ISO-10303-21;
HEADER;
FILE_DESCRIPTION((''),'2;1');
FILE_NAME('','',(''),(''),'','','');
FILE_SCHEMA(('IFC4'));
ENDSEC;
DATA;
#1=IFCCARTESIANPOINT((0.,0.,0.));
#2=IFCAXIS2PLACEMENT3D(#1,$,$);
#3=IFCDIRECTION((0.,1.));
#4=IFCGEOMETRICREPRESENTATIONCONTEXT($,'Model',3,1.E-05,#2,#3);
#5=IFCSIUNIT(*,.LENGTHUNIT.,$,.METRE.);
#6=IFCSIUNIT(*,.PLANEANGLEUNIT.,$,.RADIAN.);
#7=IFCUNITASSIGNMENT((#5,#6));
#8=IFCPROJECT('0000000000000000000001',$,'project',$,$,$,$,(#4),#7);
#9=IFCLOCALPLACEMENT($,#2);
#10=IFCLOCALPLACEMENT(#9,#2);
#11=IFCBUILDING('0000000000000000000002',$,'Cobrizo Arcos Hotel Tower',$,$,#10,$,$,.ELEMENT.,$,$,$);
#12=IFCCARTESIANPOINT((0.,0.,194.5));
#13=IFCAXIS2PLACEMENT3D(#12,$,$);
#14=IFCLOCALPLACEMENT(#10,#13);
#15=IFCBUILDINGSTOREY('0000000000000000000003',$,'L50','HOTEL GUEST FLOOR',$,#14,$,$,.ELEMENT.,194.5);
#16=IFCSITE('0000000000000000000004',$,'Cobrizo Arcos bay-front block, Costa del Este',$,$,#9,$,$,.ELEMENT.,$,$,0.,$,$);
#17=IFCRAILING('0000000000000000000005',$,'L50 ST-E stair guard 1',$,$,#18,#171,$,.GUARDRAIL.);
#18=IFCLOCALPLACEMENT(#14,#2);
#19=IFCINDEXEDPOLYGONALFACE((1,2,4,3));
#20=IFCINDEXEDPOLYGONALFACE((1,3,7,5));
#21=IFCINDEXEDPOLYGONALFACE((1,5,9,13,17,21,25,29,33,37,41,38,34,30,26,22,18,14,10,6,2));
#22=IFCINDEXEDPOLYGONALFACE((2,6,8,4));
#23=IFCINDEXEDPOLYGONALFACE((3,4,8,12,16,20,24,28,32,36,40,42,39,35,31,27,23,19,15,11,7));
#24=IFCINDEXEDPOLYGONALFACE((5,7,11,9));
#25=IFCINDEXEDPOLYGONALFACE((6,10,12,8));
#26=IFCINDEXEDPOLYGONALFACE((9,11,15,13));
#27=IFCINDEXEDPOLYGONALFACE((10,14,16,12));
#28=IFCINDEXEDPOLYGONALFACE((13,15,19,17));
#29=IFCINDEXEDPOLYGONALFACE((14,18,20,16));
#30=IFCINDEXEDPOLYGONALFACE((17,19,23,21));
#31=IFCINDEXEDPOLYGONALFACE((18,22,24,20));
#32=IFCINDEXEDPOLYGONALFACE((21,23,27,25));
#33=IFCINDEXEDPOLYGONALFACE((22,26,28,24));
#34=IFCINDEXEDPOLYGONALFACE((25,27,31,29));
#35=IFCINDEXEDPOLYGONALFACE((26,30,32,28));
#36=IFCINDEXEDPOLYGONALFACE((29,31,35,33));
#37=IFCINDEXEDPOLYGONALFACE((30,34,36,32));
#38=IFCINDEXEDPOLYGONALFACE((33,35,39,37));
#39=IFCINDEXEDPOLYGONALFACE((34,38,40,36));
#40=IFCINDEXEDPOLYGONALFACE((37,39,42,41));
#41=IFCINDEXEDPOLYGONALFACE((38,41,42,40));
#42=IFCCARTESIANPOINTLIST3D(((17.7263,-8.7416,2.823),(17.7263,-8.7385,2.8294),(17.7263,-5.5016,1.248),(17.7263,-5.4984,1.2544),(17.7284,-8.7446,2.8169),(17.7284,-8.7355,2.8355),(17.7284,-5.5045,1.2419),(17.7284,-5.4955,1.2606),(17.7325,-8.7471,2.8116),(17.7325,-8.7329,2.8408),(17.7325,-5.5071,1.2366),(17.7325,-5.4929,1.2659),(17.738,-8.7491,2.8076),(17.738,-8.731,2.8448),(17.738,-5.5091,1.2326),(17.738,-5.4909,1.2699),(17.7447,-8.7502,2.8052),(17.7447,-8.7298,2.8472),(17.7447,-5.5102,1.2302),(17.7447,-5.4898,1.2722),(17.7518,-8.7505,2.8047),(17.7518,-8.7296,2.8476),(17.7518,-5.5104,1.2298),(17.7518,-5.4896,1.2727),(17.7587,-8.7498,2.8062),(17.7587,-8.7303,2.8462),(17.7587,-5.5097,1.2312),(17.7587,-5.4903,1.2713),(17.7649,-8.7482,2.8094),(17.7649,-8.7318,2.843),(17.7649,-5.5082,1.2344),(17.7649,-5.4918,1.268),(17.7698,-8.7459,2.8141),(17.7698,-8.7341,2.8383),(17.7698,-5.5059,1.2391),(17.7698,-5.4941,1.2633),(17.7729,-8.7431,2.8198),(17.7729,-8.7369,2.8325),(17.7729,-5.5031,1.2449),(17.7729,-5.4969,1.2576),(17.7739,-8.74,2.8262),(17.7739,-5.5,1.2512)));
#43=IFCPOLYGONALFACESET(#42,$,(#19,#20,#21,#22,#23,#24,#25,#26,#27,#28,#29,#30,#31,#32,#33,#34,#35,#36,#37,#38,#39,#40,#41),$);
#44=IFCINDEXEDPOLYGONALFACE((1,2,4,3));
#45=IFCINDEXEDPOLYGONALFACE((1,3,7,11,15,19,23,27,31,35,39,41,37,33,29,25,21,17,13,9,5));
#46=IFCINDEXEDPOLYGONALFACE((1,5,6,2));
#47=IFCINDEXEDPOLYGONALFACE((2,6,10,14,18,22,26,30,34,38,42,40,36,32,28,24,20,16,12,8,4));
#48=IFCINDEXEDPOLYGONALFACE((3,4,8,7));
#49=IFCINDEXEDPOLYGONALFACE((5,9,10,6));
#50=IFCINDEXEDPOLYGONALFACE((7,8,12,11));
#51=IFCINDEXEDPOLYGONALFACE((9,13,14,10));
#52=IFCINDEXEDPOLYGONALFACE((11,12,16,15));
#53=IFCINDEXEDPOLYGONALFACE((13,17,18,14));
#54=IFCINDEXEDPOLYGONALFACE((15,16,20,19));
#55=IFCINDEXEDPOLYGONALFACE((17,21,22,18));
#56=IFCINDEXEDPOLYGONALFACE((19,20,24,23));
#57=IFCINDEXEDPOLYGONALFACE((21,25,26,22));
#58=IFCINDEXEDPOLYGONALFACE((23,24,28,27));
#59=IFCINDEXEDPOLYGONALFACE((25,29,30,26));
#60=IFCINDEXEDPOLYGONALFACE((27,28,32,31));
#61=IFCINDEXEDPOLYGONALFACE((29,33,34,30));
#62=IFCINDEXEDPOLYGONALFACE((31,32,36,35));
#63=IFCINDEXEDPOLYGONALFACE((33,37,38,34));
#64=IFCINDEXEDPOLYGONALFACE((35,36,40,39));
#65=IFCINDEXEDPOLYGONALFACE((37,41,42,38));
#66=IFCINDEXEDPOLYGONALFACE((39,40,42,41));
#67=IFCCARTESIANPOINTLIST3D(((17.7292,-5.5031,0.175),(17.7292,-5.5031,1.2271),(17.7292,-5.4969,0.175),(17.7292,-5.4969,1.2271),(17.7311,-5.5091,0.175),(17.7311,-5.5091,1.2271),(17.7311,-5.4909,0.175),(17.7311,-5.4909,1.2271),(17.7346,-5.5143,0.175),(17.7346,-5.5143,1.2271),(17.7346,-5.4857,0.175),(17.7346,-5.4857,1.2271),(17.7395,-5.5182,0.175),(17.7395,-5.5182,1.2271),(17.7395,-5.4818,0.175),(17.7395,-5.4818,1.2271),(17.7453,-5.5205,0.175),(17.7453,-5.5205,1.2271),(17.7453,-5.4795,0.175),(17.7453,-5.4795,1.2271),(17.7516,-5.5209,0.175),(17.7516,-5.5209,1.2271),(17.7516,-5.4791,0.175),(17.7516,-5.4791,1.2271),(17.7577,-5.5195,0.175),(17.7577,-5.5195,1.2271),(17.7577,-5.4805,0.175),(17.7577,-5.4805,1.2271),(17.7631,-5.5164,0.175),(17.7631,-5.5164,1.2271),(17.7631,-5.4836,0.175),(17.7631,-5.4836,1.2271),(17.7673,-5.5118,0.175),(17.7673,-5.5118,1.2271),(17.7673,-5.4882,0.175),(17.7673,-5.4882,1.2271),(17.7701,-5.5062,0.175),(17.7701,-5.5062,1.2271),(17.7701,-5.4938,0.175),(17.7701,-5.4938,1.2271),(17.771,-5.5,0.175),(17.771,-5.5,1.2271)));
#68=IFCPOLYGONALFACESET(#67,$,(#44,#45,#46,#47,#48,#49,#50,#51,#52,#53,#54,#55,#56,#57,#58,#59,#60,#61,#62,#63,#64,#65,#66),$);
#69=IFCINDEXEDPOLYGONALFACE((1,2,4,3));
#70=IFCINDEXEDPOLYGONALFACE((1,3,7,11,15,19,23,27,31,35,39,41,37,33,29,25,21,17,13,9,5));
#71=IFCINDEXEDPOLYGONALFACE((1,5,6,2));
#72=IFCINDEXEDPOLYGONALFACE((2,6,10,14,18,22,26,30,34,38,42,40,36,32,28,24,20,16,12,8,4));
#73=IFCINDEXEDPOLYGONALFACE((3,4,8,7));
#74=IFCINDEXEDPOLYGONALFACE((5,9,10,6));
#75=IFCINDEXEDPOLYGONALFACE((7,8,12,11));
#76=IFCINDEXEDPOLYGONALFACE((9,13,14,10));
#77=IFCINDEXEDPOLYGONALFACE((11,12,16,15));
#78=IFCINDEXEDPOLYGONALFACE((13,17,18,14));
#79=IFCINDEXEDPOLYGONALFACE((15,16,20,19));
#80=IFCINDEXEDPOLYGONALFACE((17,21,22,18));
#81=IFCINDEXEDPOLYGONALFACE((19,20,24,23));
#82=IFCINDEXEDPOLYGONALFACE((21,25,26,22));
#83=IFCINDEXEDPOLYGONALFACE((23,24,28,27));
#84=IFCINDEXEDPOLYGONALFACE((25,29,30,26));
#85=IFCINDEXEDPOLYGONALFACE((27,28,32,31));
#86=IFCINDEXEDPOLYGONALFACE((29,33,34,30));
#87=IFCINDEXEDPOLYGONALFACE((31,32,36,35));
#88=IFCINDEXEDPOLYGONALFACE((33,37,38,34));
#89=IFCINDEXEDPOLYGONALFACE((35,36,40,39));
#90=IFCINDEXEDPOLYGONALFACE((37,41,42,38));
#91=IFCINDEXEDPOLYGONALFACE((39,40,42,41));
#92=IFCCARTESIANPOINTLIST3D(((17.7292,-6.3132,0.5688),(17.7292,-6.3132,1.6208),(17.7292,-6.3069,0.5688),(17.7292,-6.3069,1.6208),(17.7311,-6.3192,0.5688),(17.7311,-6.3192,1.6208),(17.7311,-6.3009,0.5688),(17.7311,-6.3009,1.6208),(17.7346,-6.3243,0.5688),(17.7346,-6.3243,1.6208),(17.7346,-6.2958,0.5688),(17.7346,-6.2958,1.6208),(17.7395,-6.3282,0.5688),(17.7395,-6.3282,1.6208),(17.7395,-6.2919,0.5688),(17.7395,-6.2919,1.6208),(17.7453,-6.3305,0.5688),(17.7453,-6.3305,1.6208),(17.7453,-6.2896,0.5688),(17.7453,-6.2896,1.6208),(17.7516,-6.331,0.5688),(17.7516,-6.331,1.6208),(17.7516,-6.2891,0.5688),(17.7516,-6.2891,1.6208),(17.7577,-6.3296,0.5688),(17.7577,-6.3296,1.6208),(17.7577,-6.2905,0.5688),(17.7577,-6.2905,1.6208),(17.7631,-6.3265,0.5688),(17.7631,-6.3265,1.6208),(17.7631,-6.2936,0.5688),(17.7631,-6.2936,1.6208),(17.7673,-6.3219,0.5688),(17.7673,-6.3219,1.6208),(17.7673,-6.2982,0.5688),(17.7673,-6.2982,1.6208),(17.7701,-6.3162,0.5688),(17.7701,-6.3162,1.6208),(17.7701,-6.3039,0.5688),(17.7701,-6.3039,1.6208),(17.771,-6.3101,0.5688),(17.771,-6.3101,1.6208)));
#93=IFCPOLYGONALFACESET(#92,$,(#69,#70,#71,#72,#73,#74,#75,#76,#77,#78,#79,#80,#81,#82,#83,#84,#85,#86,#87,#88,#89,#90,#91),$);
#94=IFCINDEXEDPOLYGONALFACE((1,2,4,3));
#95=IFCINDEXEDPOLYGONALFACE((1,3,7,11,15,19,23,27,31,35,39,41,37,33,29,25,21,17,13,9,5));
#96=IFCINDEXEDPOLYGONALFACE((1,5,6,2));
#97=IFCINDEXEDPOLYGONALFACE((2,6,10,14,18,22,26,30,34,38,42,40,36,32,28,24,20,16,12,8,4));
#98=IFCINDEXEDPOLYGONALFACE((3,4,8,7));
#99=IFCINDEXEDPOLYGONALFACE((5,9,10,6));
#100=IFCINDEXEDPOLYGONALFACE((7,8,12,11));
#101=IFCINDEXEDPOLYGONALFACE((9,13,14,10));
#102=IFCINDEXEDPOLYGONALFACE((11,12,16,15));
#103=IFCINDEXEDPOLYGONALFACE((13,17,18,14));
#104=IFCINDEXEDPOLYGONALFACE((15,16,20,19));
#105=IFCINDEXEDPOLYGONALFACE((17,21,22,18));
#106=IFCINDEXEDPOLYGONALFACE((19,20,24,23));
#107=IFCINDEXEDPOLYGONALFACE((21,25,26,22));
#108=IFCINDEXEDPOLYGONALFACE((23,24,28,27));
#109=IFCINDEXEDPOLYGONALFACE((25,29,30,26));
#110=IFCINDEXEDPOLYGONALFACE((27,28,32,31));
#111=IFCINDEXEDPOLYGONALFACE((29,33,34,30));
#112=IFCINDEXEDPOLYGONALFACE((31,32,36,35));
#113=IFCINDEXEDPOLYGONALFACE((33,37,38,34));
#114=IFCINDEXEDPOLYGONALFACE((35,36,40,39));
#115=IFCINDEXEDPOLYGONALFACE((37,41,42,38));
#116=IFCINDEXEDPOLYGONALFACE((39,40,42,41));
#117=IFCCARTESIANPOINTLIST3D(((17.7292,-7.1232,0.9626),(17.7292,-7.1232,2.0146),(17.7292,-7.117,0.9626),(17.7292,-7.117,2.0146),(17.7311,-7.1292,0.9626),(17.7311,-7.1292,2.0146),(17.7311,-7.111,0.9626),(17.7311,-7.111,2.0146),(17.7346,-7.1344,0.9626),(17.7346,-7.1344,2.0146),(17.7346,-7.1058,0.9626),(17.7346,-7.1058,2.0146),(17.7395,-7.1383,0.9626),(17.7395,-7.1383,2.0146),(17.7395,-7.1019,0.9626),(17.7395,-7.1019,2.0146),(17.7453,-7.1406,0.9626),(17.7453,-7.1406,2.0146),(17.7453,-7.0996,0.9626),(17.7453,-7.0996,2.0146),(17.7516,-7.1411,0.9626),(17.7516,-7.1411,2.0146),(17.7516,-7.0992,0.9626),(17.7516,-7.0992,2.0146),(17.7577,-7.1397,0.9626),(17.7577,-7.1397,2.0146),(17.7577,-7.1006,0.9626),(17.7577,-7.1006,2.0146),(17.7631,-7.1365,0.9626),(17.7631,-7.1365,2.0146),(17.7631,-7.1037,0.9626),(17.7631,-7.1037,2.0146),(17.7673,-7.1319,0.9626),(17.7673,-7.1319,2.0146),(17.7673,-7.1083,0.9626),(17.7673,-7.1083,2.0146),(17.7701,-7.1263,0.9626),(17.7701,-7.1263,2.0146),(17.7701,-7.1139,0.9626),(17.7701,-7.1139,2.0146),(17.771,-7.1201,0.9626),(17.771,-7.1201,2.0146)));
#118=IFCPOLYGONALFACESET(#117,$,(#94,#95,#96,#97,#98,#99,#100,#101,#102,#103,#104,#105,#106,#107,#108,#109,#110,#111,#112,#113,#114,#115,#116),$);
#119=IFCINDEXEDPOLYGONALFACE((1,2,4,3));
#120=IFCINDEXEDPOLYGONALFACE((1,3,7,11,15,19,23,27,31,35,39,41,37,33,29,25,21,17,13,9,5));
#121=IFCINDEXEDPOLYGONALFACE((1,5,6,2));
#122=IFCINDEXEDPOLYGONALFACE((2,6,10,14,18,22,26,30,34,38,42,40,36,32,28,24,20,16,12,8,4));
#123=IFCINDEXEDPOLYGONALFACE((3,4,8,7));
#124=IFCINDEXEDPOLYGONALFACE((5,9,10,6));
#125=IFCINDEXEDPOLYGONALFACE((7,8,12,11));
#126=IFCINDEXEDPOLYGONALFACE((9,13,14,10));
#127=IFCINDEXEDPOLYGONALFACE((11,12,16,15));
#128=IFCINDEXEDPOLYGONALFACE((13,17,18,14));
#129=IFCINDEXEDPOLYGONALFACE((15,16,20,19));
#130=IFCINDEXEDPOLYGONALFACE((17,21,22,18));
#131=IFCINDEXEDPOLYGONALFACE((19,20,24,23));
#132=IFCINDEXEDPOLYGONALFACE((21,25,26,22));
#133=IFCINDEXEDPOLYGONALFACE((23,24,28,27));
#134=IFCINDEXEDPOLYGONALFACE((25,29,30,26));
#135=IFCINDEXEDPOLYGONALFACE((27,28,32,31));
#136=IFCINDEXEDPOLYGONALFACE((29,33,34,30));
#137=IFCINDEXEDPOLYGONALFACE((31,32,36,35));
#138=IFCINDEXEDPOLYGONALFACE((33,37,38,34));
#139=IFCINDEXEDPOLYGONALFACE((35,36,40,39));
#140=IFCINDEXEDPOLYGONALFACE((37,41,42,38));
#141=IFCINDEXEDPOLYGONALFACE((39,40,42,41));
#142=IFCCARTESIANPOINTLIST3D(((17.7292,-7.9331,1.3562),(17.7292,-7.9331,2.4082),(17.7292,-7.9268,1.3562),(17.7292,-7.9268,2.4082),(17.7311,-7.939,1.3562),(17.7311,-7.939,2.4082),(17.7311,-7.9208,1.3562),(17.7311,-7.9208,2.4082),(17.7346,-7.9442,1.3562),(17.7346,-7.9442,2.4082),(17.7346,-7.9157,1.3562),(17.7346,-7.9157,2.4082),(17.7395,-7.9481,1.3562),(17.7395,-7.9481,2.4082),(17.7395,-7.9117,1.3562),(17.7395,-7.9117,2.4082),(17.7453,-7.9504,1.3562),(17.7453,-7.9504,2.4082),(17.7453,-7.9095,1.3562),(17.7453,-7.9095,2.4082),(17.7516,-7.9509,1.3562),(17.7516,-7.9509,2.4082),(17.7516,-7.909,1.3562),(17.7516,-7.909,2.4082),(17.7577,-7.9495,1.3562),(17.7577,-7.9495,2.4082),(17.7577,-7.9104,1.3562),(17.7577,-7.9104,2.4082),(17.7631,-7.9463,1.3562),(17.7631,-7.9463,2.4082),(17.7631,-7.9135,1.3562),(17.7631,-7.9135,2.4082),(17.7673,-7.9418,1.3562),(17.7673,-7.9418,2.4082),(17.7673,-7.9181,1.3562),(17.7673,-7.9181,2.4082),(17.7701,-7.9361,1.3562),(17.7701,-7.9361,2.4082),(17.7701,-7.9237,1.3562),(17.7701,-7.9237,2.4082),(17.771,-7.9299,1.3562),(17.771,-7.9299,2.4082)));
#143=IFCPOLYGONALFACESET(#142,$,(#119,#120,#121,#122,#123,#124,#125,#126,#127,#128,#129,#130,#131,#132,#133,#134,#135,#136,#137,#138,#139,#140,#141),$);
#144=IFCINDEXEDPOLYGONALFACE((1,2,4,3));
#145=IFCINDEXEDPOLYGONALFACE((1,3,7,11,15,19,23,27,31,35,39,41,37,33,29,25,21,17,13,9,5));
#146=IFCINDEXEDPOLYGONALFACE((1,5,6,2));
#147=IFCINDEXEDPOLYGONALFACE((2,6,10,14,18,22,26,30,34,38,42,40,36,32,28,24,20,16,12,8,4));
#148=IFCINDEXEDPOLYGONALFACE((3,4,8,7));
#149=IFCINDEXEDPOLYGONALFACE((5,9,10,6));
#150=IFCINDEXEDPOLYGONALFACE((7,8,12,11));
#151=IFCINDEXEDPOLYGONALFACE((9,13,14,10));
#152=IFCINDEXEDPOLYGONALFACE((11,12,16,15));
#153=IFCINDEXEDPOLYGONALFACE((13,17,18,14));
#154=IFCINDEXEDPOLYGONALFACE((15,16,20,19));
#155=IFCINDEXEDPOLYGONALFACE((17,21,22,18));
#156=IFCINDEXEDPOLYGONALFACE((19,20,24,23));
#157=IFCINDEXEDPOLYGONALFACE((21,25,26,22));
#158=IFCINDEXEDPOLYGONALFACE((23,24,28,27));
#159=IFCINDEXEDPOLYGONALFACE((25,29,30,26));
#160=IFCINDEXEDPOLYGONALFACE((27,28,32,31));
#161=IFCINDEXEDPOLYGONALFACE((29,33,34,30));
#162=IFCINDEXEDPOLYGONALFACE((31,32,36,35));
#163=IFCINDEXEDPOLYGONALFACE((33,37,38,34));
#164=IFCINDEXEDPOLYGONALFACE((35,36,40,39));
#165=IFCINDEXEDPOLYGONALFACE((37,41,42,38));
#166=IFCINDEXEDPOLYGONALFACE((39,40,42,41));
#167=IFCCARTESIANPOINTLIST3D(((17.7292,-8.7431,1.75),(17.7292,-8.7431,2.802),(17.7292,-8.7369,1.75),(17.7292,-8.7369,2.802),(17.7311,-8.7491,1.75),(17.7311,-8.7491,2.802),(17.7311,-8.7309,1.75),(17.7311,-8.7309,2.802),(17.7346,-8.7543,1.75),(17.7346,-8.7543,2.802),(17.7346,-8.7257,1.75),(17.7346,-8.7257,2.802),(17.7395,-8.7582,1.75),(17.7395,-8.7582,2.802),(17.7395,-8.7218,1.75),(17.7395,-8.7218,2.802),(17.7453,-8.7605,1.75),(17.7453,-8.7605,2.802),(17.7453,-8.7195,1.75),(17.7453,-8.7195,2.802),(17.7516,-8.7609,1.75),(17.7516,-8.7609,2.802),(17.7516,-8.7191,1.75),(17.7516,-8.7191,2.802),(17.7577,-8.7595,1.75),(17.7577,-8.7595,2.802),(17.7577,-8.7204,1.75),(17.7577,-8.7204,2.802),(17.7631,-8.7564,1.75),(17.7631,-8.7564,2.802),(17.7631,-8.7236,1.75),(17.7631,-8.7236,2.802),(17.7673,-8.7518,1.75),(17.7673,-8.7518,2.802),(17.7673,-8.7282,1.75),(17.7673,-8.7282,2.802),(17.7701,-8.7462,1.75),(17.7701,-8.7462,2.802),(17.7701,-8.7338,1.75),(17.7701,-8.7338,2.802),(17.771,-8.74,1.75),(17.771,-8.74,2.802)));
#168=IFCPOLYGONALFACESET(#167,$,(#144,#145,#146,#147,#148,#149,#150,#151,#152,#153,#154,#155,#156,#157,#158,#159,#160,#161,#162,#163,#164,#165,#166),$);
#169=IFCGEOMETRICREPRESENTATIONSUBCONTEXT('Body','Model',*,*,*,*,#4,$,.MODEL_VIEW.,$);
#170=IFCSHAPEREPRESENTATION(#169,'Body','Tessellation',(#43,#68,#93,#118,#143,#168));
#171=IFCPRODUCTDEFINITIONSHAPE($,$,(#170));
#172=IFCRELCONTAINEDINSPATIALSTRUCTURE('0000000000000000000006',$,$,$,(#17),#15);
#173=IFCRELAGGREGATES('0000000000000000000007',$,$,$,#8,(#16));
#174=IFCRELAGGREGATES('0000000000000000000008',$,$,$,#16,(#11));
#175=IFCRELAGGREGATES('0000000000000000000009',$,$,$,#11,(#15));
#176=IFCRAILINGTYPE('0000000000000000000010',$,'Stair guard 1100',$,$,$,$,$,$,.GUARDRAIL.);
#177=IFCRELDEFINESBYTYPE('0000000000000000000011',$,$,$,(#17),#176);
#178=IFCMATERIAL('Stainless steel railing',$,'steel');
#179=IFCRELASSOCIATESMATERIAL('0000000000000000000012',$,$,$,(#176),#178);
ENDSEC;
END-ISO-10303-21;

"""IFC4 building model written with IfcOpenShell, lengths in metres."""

from ifc_helpers import new_model, si_unit, direction, frame, origin, origin_2d, place, context, subcontext, project, spatial, circle, extrude, material, type_object, element, save


model = new_model("IFC4")

# Units and contexts
model_context = context("Model", 3, precision=1e-05, world=origin(), true_north=direction((0.0, 1.0)))
body_context = subcontext(model_context, "Body", "Model", "MODEL_VIEW")
ifc_project = project(units=[si_unit("LENGTHUNIT", "METRE"), si_unit("PLANEANGLEUNIT", "RADIAN")], contexts=[model_context])

# Site, building, storey
site_placement = place(None, origin())
site = spatial("IfcSite", under=ifc_project, at=site_placement, Name="Cobrizo Arcos bay-front block, Costa del Este", CompositionType="ELEMENT", RefElevation=0.0)
building_placement = place(site_placement, origin())
building = spatial("IfcBuilding", under=site, at=building_placement, Name="Cobrizo Arcos Hotel Tower", CompositionType="ELEMENT")
storey_placement = place(building_placement, frame((0.0, 0.0, 194.5)))
storey = spatial("IfcBuildingStorey", under=building, at=storey_placement, Name="L50", Description="HOTEL GUEST FLOOR", CompositionType="ELEMENT", Elevation=194.5)

# Railing
ifc_material_1 = material(Name="Stainless steel railing", Category="steel")
railing_type_1 = type_object("IfcRailingType", Name="Stair guard 1100", PredefinedType="GUARDRAIL", material=ifc_material_1)
railing_1_placement = place(storey_placement, frame((17.75, -5.5, 0.175)))
element("IfcRailing", 1, at=railing_1_placement, inside=storey, type_object=railing_type_1, Name="L50 ST-E stair guard 1", PredefinedType="GUARDRAIL", context=body_context, shape_type="SweptSolid", body=[
    extrude(circle(Radius=0.0239, at=origin_2d()), frame((0.0, 0.0, 1.0762), z_axis=(0.0, -0.899373, 0.437183), x_axis=(1.0, 0.0, 0.0)), (0.0, 0.0, 1.0), 3.6025),
    extrude(circle(Radius=0.021, at=origin_2d()), origin(), (0.0, 0.0, 1.0), 1.052),
    extrude(circle(Radius=0.021, at=origin_2d()), frame((0.0, -0.8101, 0.3938)), (0.0, 0.0, 1.0), 1.052),
    extrude(circle(Radius=0.021, at=origin_2d()), frame((0.0, -1.6201, 0.7876)), (0.0, 0.0, 1.0), 1.052),
    extrude(circle(Radius=0.021, at=origin_2d()), frame((0.0, -2.4299, 1.1812)), (0.0, 0.0, 1.0), 1.052),
    extrude(circle(Radius=0.021, at=origin_2d()), frame((0.0, -3.24, 1.575)), (0.0, 0.0, 1.0), 1.052),
])

save(model, "model.ifc")
